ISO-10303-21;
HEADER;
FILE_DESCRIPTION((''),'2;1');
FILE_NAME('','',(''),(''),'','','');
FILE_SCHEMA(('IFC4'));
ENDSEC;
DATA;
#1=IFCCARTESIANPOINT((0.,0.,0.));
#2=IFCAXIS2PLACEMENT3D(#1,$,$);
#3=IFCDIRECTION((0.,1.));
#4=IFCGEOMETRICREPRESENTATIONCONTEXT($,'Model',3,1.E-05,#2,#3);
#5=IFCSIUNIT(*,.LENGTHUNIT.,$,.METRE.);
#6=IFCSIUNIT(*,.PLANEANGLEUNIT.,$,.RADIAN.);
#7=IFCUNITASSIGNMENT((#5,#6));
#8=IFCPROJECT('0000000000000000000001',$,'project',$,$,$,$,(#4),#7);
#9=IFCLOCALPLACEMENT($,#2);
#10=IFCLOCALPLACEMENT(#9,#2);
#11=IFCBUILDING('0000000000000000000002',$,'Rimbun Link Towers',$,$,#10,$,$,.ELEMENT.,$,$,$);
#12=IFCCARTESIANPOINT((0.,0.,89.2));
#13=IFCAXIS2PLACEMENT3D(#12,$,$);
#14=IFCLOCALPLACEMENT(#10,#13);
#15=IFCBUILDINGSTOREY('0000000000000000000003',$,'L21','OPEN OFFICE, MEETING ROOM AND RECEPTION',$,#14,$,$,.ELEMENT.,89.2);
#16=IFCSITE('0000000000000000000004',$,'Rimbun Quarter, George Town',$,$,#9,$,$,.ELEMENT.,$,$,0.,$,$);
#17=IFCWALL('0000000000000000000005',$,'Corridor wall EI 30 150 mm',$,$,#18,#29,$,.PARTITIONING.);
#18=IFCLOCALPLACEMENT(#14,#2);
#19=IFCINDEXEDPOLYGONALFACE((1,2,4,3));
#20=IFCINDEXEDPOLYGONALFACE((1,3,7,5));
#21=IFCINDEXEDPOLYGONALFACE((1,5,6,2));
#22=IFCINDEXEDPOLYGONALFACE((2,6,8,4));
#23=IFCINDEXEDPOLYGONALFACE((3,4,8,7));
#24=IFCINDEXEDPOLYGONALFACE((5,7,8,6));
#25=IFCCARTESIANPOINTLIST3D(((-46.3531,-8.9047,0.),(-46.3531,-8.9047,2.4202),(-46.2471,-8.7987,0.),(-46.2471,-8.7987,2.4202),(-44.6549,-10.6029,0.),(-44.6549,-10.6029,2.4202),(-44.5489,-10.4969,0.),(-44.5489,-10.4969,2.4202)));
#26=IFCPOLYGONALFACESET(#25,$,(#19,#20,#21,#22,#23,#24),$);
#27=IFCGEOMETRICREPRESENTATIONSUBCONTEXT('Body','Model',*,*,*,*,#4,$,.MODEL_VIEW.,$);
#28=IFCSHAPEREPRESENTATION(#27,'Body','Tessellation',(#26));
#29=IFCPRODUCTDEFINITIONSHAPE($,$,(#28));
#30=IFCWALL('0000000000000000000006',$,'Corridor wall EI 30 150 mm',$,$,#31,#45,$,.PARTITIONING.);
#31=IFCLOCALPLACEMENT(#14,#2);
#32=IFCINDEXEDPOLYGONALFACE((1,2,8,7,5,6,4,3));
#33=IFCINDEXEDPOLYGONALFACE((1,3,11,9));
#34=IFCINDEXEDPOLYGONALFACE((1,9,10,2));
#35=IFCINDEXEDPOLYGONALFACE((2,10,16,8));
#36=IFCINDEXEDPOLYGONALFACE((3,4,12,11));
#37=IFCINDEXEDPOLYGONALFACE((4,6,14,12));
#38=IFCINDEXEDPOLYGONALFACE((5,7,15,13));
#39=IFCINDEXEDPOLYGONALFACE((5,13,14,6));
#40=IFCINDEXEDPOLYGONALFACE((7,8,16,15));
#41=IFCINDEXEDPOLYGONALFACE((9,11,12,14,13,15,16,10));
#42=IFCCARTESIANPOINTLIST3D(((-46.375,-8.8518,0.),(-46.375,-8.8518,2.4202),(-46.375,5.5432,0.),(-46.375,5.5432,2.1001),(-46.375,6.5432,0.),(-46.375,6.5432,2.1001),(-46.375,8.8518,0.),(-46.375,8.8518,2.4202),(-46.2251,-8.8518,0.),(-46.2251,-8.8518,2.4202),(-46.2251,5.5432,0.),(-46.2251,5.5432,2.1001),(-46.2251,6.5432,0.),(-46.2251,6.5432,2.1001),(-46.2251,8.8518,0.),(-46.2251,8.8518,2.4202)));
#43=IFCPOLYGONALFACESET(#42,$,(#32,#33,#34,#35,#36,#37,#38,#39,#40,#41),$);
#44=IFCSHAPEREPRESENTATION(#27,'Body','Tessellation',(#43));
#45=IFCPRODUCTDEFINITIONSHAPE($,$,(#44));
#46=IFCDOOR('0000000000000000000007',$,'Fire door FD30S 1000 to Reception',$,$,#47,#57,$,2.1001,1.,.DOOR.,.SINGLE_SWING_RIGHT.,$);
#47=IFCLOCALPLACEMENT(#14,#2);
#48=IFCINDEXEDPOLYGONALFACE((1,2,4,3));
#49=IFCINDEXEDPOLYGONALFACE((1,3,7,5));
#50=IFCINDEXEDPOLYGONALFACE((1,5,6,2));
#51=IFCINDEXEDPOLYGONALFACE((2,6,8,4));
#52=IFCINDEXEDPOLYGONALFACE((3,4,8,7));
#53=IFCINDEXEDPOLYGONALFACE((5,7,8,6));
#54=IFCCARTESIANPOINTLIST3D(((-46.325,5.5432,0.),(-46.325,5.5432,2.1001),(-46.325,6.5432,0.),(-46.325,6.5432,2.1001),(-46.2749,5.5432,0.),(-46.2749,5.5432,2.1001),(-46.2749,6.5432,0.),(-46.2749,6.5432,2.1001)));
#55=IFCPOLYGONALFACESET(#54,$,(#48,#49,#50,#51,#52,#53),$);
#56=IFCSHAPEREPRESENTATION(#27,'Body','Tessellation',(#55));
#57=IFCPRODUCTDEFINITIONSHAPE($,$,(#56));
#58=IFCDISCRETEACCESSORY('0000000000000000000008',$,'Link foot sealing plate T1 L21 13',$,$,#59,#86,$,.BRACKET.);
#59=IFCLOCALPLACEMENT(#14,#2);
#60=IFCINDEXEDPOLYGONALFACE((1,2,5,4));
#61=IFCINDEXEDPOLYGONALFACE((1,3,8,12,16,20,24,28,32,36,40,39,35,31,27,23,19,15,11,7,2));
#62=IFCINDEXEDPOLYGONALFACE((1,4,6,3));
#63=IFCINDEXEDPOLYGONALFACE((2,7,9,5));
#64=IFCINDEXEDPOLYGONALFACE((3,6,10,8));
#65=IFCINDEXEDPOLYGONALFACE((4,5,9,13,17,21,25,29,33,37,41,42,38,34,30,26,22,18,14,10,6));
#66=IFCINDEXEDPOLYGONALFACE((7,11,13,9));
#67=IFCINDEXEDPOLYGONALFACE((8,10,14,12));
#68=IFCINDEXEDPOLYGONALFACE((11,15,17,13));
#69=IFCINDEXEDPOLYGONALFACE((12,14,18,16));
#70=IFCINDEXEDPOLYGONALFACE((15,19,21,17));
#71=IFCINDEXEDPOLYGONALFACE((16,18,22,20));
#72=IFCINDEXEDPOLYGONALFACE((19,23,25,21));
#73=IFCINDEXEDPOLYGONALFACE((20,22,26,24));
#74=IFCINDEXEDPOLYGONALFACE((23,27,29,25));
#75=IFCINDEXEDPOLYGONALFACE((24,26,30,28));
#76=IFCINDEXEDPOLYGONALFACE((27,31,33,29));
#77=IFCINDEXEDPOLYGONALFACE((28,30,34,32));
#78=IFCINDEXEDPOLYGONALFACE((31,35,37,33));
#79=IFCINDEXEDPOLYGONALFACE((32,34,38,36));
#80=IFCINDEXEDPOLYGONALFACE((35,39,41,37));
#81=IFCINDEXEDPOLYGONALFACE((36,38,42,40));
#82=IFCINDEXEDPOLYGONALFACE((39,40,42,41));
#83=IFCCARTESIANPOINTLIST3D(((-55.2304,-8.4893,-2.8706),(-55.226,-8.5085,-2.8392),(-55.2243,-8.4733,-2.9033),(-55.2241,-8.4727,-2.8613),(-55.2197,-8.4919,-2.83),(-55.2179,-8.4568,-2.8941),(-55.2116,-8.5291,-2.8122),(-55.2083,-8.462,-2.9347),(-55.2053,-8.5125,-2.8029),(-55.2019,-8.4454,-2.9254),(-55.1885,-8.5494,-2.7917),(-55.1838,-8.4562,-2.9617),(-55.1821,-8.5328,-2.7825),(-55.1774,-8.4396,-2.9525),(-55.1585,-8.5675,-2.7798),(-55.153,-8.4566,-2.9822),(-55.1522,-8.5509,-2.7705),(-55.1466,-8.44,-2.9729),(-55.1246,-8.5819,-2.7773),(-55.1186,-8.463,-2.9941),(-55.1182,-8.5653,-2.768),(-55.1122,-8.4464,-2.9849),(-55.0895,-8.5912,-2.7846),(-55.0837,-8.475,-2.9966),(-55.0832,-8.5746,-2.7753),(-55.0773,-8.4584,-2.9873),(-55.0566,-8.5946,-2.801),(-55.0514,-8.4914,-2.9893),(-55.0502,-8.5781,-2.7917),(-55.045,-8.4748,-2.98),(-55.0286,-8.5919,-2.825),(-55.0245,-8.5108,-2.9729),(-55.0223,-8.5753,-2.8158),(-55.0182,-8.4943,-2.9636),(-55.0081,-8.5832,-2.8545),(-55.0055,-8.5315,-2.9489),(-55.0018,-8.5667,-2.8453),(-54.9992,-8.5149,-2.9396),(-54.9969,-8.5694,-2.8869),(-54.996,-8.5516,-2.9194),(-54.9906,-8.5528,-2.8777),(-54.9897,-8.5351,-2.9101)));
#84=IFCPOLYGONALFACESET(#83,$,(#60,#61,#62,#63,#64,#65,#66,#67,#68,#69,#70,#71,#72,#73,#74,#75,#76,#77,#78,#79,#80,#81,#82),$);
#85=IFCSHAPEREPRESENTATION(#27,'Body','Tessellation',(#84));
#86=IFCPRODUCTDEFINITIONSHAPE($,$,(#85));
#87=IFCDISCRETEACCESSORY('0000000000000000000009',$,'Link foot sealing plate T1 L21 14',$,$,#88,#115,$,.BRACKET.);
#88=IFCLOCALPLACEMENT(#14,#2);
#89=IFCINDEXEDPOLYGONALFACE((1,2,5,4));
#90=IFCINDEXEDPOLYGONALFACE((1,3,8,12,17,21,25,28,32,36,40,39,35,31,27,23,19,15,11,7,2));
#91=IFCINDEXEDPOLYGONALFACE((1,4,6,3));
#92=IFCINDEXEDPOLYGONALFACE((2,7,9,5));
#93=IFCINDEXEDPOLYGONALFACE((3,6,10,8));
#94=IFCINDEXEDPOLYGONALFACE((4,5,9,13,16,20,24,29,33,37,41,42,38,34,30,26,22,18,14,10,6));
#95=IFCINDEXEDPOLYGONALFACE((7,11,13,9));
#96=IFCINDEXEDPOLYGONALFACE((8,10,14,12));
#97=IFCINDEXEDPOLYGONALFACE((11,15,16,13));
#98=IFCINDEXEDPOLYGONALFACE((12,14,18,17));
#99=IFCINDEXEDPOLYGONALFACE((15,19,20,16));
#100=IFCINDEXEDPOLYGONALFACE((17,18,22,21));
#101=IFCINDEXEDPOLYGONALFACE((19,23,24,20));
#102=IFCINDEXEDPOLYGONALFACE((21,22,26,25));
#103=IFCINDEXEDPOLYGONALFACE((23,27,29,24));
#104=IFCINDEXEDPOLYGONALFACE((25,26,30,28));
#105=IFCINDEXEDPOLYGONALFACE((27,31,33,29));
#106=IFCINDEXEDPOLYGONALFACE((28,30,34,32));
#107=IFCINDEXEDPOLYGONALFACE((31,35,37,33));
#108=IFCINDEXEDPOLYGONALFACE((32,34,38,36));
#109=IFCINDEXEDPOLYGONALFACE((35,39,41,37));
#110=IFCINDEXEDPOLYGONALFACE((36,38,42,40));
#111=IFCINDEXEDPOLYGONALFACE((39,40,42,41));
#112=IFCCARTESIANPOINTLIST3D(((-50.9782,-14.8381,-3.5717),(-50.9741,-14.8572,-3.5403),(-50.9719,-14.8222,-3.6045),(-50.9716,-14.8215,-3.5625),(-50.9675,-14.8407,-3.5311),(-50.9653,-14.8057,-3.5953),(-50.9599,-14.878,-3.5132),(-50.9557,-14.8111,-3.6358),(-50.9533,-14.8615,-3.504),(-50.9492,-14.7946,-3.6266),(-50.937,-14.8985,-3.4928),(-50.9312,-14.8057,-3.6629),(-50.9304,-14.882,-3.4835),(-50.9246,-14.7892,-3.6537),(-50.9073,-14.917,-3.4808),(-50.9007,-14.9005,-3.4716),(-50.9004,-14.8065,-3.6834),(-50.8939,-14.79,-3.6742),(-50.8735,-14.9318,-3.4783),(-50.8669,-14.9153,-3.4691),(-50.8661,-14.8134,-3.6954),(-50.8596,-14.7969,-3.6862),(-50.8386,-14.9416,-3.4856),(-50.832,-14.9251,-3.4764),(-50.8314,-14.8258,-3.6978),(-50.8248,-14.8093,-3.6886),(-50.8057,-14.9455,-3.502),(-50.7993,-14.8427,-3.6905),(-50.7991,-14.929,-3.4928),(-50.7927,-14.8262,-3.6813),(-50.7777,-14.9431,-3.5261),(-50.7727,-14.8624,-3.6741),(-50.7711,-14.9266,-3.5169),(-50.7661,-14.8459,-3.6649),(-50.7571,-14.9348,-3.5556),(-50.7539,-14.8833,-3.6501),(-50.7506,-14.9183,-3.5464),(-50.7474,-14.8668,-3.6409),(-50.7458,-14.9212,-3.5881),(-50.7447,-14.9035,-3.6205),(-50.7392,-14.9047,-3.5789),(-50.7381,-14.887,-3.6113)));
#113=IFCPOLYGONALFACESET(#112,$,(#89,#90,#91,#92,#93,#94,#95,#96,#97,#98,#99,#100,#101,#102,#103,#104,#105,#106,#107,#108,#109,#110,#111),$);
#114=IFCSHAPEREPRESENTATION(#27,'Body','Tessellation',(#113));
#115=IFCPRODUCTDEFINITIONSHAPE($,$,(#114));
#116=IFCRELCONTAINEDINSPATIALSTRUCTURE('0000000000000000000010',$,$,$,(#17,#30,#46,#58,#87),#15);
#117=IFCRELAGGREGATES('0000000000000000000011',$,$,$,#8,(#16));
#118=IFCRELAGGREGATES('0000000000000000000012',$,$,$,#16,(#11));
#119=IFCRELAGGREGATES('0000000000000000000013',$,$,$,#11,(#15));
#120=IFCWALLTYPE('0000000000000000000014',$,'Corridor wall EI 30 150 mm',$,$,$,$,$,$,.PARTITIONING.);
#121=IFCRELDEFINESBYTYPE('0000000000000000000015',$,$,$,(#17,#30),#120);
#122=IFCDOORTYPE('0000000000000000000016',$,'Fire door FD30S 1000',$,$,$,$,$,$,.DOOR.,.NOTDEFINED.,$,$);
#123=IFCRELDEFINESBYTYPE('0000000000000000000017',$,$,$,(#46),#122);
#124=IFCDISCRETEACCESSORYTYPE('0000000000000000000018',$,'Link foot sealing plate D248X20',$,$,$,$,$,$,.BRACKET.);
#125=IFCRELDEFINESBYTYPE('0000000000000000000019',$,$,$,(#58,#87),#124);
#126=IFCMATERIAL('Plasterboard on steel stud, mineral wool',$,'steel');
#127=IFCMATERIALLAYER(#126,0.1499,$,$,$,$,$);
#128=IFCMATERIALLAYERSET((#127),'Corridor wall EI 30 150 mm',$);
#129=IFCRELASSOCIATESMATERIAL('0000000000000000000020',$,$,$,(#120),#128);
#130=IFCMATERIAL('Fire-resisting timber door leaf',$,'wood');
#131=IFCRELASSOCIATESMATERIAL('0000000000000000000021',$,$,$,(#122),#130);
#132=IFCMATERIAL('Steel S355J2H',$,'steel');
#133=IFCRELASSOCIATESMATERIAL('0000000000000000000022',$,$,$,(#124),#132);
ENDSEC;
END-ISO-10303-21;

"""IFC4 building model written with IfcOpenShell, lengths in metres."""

from ifc_helpers import new_model, si_unit, direction, frame, frame_2d, origin, origin_2d, place, context, subcontext, project, spatial, rectangle, circle, extrude, material, layer, layer_set, material_profile, profile_set, type_object, element, fill, save


model = new_model("IFC4")

# Units and contexts
model_context = context("Model", 3, precision=1e-05, world=origin(), true_north=direction((0.0, 1.0)))
body_context = subcontext(model_context, "Body", "Model", "MODEL_VIEW")
ifc_project = project(units=[si_unit("LENGTHUNIT", "METRE"), si_unit("PLANEANGLEUNIT", "RADIAN")], contexts=[model_context])

# Site, building, storey
site_placement = place(None, origin())
site = spatial("IfcSite", under=ifc_project, at=site_placement, Name="Rimbun Quarter, George Town", CompositionType="ELEMENT", RefElevation=0.0)
building_placement = place(site_placement, origin())
building = spatial("IfcBuilding", under=site, at=building_placement, Name="Rimbun Link Towers", CompositionType="ELEMENT")
storey_placement = place(building_placement, frame((0.0, 0.0, 89.2)))
storey = spatial("IfcBuildingStorey", under=building, at=storey_placement, Name="L21", Description="OPEN OFFICE, MEETING ROOM AND RECEPTION", CompositionType="ELEMENT", Elevation=89.2)

# Wall
ifc_material_1 = material(Name="Plasterboard on steel stud, mineral wool", Category="steel")
ifc_layer_1 = layer(ifc_material_1, 0.1499)
ifc_layer_set_1 = layer_set([ifc_layer_1], Name="Corridor wall EI 30 150 mm")
wall_type_1 = type_object("IfcWallType", Name="Corridor wall EI 30 150 mm", PredefinedType="PARTITIONING", material=ifc_layer_set_1)
wall_1_placement = place(storey_placement, frame((-46.3, -8.8518, 0.0), z_axis=(0.0, 0.0, 1.0), x_axis=(0.707107, -0.707107, 0.0)))
element("IfcWall", 1, at=wall_1_placement, inside=storey, type_object=wall_type_1, Name="Corridor wall EI 30 150 mm", PredefinedType="PARTITIONING", context=body_context, shape_type="SweptSolid", body=[
    extrude(rectangle(XDim=2.4016, YDim=0.1499, at=frame_2d((1.2007, 0.0))), origin(), (0.0, 0.0, 1.0), 2.4202),
])

# Wall, opening, door
wall_2_placement = place(storey_placement, frame((-46.3, -8.8518, 0.0), z_axis=(0.0, 0.0, 1.0), x_axis=(0.0, 1.0, 0.0)))
wall_2 = element("IfcWall", 2, at=wall_2_placement, inside=storey, type_object=wall_type_1, Name="Corridor wall EI 30 150 mm", PredefinedType="PARTITIONING", context=body_context, shape_type="SweptSolid", body=[
    extrude(rectangle(XDim=17.7036, YDim=0.1499, at=frame_2d((8.8518, 0.0))), origin(), (0.0, 0.0, 1.0), 2.4202),
])
opening_1_placement = place(wall_2_placement, frame((14.395, 0.0, 0.0)))
opening_1 = element("IfcOpeningElement", 3, at=opening_1_placement, cuts=wall_2, PredefinedType="OPENING", context=body_context, shape_type="SweptSolid", body=[
    extrude(rectangle(XDim=1.0, YDim=2.1001, at=frame_2d((0.5, 1.05))), frame((0.0, 0.085, 0.0), z_axis=(0.0, -1.0, 0.0), x_axis=(1.0, 0.0, 0.0)), (0.0, 0.0, 1.0), 0.1699),
])
ifc_material_2 = material(Name="Fire-resisting timber door leaf", Category="wood")
door_type_1 = type_object("IfcDoorType", Name="Fire door FD30S 1000", OperationType="NOTDEFINED", PredefinedType="DOOR", material=ifc_material_2)
door_1_placement = place(opening_1_placement, origin())
door_1 = element("IfcDoor", 4, at=door_1_placement, inside=storey, type_object=door_type_1, Name="Fire door FD30S 1000 to Reception", OperationType="SINGLE_SWING_RIGHT", OverallHeight=2.1001, OverallWidth=1.0, PredefinedType="DOOR", context=body_context, shape_type="SweptSolid", body=[
    extrude(rectangle(XDim=1.0, YDim=2.1001, at=frame_2d((0.5, 1.05))), frame((0.0, 0.0249, 0.0), z_axis=(0.0, -1.0, 0.0), x_axis=(1.0, 0.0, 0.0)), (0.0, 0.0, 1.0), 0.05),
])
fill(opening_1, door_1)

# Discrete accessories
ifc_material_3 = material(Name="Steel S355J2H", Category="steel")
ifc_material_profile_1 = material_profile(ifc_material_3, circle(Radius=0.124, at=origin_2d()), Name="PL D248")
ifc_profile_set_1 = profile_set([ifc_material_profile_1], Name="Steel S355J2H")
discrete_accessory_type = type_object("IfcDiscreteAccessoryType", Name="Link foot sealing plate D248X20", PredefinedType="BRACKET", material=ifc_profile_set_1)
for number, where, z_axis, x_axis, name in (
    (5, (-55.1064, -8.5085, -2.8777), (-0.316603, -0.828038, -0.462727), (0.934052, -0.357137, 0.0), "Link foot sealing plate T1 L21 13"),
    (6, (-50.8545, -14.8589, -3.5789), (-0.327495, -0.824803, -0.460919), (0.929416, -0.369033, 0.0), "Link foot sealing plate T1 L21 14"),
):
    element("IfcDiscreteAccessory", number, at=place(storey_placement, frame(where, z_axis=z_axis, x_axis=x_axis)), inside=storey, type_object=discrete_accessory_type, Name=name, PredefinedType="BRACKET", context=body_context, shape_type="SweptSolid", body=[
        extrude(circle(Radius=0.124, at=origin_2d()), origin(), (0.0, 0.0, 1.0), 0.02),
    ])

save(model, "model.ifc")
